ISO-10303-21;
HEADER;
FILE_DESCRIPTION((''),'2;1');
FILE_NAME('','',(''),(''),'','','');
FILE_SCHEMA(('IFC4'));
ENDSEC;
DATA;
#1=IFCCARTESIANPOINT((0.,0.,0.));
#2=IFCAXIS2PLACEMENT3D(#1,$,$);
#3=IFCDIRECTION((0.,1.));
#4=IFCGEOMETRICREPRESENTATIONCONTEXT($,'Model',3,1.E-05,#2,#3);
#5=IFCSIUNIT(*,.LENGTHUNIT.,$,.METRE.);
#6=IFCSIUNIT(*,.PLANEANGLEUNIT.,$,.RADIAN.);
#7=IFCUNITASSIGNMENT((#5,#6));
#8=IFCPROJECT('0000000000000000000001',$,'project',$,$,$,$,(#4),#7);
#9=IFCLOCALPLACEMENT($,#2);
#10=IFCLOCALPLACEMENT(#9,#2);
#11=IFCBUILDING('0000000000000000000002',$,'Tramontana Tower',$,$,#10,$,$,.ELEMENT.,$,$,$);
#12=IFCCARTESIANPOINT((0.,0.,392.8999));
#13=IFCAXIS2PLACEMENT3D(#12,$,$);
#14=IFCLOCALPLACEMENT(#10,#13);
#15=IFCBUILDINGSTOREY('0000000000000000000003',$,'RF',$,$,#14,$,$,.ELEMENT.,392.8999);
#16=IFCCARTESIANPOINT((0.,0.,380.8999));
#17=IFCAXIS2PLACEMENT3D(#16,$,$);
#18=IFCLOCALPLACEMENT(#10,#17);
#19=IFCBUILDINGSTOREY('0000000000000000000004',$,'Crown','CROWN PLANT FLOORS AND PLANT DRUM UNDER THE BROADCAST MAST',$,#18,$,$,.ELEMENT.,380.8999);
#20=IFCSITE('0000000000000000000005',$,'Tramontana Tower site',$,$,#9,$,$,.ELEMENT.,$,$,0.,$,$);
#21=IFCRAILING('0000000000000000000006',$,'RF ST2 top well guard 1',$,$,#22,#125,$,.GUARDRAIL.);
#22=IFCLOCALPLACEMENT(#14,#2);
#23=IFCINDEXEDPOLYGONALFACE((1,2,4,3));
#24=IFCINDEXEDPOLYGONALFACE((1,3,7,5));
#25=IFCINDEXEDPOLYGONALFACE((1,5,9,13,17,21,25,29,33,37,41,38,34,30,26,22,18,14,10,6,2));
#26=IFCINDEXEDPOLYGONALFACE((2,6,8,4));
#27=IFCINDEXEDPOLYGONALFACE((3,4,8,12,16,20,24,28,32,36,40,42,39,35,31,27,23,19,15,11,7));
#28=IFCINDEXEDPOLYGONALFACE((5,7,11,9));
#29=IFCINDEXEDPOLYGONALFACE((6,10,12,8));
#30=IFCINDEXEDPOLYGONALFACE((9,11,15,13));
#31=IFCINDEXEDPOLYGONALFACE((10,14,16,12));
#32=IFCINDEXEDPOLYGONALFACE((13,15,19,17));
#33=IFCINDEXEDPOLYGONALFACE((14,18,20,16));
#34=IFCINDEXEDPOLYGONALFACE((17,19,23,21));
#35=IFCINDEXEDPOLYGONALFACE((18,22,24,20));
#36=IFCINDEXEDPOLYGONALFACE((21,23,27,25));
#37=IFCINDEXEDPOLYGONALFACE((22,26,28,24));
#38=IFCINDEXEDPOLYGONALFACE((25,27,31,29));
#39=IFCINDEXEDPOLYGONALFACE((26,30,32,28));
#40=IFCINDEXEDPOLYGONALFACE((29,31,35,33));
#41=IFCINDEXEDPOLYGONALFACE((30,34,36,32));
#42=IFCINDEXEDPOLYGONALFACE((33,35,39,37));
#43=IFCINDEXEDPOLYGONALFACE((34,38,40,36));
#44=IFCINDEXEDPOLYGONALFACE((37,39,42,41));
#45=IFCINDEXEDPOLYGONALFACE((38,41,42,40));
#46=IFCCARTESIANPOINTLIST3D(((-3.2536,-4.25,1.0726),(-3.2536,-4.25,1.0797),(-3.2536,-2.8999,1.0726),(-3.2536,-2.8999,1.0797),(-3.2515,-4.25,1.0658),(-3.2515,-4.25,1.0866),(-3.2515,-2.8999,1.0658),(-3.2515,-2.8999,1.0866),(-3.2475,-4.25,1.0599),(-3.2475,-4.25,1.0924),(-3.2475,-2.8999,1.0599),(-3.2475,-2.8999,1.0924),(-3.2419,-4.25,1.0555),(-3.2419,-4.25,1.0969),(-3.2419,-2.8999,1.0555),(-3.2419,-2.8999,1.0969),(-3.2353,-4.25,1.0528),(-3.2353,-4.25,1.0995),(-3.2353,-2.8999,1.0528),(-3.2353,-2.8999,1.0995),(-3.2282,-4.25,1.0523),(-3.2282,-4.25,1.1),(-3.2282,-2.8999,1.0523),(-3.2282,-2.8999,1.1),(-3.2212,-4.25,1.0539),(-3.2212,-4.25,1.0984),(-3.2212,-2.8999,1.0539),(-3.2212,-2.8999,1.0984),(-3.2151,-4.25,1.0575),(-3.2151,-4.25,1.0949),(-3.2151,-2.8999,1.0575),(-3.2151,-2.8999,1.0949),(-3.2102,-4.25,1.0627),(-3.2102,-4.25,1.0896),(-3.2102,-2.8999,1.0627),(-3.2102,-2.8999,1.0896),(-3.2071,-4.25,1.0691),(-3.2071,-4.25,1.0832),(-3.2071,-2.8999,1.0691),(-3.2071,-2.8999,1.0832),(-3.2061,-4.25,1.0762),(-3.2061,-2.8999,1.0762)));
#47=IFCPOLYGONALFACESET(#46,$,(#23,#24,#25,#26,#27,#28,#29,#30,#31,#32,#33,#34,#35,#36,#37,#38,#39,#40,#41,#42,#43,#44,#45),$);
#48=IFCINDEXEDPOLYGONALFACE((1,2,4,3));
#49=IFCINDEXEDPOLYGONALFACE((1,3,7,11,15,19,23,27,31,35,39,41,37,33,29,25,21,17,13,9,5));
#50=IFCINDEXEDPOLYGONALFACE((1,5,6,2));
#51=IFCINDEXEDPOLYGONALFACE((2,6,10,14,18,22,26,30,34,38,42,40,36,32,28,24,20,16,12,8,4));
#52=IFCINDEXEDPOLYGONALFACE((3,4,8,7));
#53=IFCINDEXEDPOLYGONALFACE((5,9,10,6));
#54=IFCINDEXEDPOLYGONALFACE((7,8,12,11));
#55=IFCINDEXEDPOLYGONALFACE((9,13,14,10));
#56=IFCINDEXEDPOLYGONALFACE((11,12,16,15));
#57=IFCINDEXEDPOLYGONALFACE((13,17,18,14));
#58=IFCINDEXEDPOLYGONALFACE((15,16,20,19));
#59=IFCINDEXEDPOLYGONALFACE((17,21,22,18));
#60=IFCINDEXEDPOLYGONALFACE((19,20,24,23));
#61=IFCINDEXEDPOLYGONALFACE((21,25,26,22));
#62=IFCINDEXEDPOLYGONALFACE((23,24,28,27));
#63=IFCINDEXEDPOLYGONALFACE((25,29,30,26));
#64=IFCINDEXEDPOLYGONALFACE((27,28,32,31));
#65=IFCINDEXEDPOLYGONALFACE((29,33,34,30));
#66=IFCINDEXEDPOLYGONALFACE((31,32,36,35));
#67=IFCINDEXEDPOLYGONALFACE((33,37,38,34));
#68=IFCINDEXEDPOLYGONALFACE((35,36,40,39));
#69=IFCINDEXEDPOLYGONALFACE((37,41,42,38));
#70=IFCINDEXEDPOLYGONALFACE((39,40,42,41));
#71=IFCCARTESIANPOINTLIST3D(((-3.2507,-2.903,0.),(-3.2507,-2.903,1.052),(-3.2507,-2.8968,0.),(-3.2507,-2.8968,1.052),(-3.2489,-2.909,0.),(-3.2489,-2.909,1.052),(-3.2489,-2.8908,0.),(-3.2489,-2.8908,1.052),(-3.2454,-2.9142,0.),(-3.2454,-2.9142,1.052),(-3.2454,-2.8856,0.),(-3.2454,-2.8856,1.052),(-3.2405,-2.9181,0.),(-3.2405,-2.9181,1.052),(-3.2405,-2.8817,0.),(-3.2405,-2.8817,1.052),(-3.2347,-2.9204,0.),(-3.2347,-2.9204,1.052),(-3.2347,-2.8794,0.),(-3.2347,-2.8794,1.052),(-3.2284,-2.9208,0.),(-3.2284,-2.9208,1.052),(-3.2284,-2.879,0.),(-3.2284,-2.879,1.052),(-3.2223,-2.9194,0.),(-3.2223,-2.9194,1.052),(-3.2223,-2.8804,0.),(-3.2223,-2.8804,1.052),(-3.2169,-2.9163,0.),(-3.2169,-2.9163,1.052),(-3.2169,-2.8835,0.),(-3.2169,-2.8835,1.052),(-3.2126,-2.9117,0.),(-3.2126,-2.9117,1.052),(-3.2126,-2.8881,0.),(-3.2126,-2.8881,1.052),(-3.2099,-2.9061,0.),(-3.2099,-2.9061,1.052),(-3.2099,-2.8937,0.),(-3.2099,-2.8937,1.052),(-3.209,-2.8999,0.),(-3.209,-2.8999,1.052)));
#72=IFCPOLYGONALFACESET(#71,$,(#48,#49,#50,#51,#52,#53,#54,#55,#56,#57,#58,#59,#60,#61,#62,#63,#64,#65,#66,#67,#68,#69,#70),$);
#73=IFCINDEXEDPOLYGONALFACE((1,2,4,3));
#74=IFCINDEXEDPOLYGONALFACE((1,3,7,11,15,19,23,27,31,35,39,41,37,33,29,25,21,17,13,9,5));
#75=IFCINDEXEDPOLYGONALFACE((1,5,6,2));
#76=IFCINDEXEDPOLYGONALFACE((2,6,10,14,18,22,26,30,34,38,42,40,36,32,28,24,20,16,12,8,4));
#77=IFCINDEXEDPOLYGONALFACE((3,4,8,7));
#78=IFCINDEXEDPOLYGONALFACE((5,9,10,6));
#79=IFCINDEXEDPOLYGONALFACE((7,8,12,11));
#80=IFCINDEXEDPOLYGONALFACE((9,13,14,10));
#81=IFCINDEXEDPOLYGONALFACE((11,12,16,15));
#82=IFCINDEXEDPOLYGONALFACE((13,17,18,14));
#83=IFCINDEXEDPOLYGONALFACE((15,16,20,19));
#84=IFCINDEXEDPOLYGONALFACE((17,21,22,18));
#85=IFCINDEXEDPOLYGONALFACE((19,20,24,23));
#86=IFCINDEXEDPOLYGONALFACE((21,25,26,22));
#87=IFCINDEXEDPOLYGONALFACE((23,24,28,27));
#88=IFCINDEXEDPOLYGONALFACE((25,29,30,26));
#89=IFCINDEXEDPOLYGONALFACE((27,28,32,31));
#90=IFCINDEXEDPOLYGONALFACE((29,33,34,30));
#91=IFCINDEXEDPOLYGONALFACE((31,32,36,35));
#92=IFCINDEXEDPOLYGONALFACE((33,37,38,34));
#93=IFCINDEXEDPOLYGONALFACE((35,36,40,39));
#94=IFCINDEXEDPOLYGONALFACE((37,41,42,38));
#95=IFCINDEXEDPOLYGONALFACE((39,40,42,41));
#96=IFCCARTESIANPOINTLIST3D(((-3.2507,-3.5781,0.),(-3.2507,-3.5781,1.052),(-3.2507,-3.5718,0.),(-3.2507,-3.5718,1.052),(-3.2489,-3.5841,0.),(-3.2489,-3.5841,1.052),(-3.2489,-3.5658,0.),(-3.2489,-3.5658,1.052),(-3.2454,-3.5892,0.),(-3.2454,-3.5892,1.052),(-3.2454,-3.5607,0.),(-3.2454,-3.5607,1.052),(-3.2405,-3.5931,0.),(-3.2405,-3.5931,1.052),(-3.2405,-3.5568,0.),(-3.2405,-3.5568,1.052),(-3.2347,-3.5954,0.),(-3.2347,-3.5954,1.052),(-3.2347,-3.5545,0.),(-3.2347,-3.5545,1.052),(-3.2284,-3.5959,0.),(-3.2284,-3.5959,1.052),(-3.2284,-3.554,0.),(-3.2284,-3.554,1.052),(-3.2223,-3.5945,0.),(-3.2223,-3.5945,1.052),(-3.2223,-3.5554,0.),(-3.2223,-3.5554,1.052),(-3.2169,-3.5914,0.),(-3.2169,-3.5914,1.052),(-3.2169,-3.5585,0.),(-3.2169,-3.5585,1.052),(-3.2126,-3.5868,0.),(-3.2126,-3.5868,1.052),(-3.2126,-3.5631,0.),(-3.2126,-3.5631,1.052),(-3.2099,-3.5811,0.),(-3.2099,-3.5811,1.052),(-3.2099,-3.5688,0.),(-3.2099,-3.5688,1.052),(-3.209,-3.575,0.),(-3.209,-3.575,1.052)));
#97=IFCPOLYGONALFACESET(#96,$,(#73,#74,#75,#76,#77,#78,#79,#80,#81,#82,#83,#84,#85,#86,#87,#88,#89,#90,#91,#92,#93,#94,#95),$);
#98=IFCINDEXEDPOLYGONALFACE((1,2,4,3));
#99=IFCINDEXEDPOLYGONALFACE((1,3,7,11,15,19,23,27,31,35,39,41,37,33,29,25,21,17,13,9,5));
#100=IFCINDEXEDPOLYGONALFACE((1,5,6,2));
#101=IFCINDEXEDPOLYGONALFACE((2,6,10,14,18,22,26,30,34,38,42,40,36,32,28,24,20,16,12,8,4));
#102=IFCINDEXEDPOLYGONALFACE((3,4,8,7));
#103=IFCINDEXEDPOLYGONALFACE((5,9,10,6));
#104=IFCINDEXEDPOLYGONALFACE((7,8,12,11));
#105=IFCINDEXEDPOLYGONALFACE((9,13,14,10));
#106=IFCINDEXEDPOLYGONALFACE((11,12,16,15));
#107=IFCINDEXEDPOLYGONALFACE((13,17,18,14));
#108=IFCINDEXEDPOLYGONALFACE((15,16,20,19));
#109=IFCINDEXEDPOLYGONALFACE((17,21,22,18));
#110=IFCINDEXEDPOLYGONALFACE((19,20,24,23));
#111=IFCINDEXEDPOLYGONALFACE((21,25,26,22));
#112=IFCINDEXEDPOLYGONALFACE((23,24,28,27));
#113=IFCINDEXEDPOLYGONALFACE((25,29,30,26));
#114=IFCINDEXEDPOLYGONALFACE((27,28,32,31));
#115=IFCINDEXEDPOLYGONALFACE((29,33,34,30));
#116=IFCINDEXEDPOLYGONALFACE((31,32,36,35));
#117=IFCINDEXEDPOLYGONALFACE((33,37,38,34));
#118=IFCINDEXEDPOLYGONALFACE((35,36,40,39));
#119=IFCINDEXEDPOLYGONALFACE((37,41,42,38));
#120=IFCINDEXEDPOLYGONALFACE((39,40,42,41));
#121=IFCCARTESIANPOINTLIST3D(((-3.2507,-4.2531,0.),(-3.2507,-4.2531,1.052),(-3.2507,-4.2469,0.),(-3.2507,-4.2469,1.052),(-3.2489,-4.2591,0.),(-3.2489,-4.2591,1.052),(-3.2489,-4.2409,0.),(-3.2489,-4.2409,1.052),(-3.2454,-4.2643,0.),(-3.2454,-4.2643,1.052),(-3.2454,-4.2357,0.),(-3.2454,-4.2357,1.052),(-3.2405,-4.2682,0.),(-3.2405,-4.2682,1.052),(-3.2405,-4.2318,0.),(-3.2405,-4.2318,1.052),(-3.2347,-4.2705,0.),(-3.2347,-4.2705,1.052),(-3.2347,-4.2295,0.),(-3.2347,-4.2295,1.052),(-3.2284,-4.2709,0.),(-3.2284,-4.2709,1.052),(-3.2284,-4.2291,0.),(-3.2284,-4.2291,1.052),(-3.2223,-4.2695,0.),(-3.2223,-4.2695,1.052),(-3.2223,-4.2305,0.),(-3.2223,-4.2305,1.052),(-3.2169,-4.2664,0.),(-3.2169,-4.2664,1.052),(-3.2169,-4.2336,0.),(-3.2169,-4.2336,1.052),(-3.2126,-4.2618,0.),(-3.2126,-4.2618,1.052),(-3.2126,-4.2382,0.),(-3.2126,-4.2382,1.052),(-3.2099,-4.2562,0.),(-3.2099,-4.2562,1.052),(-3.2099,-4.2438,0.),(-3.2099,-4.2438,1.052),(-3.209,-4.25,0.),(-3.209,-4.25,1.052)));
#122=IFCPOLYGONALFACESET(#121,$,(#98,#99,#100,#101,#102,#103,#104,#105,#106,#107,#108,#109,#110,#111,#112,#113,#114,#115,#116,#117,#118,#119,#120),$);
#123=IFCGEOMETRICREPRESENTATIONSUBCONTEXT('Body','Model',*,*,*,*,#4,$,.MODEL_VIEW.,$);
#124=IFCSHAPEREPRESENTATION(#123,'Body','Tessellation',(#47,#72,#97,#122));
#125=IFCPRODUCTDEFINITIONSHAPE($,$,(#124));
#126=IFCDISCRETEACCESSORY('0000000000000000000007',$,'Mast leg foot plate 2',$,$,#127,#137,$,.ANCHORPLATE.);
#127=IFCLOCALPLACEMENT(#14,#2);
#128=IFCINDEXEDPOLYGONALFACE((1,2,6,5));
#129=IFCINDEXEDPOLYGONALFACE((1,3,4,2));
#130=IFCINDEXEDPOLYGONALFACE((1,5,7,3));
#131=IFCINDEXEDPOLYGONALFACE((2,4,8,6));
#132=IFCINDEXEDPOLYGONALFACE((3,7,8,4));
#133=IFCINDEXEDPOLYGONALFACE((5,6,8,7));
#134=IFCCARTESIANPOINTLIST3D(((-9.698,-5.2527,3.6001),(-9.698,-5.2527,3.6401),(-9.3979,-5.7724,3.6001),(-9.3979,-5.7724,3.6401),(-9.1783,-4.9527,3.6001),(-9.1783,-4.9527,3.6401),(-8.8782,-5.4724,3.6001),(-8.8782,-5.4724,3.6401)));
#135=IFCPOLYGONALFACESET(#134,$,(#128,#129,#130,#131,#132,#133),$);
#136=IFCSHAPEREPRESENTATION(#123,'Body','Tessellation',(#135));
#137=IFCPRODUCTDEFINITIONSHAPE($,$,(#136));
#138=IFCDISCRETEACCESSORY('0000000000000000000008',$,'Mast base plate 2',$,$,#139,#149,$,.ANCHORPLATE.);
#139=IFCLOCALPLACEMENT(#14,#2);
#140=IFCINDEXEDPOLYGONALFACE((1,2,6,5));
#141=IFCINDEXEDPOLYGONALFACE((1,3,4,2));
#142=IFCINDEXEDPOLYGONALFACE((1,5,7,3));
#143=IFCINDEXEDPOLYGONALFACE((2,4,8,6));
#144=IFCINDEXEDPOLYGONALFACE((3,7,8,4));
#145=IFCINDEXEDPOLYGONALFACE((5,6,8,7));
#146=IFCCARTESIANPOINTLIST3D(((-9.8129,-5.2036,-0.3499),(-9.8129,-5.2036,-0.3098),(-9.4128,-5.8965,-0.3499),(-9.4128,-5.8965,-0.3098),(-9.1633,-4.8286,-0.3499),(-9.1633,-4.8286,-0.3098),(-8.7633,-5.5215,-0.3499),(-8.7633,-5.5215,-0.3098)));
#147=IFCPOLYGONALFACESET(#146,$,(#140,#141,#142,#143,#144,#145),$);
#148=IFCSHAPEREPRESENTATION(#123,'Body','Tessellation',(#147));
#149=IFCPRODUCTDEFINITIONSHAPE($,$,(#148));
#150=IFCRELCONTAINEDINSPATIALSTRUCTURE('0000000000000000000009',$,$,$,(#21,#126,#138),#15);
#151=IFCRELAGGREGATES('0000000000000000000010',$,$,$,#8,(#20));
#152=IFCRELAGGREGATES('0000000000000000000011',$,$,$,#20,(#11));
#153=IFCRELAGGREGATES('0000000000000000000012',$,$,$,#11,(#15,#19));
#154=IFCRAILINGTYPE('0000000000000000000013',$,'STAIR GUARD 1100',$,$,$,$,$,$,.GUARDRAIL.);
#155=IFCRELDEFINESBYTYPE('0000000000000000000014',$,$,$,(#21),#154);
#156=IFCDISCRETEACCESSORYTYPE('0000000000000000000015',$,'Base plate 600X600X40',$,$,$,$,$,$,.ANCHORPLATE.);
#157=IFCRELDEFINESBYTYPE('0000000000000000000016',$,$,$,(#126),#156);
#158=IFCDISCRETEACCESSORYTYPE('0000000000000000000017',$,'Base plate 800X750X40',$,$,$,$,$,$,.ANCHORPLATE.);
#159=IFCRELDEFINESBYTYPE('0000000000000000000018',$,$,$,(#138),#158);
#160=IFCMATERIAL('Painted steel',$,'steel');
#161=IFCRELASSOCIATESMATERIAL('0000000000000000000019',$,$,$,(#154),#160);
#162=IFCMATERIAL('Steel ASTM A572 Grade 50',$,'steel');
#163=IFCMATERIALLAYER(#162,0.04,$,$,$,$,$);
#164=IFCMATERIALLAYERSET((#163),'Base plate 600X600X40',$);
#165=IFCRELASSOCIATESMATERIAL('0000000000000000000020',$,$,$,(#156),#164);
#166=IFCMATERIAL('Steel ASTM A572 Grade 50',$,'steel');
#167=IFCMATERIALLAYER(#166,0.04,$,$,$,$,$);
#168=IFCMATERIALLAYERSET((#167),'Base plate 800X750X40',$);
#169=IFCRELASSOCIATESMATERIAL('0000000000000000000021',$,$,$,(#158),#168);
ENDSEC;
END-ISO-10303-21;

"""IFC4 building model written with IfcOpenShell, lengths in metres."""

from ifc_helpers import new_model, si_unit, direction, frame, origin, origin_2d, place, context, subcontext, project, spatial, rectangle, circle, extrude, material, layer, layer_set, type_object, element, save


model = new_model("IFC4")

# Units and contexts
model_context = context("Model", 3, precision=1e-05, world=origin(), true_north=direction((0.0, 1.0)))
body_context = subcontext(model_context, "Body", "Model", "MODEL_VIEW")
ifc_project = project(units=[si_unit("LENGTHUNIT", "METRE"), si_unit("PLANEANGLEUNIT", "RADIAN")], contexts=[model_context])

# Site, building, storey
site_placement = place(None, origin())
site = spatial("IfcSite", under=ifc_project, at=site_placement, Name="Tramontana Tower site", CompositionType="ELEMENT", RefElevation=0.0)
building_placement = place(site_placement, origin())
building = spatial("IfcBuilding", under=site, at=building_placement, Name="Tramontana Tower", CompositionType="ELEMENT")
storey_1_placement = place(building_placement, frame((0.0, 0.0, 392.8999)))
storey_1 = spatial("IfcBuildingStorey", under=building, at=storey_1_placement, Name="RF", CompositionType="ELEMENT", Elevation=392.8999)

# Shared definitions
storey_2_placement = place(building_placement, frame((0.0, 0.0, 380.8999)))
storey_2 = spatial("IfcBuildingStorey", under=building, at=storey_2_placement, Name="Crown", Description="CROWN PLANT FLOORS AND PLANT DRUM UNDER THE BROADCAST MAST", CompositionType="ELEMENT", Elevation=380.8999)

# Railing
ifc_material_1 = material(Name="Painted steel", Category="steel")
railing_type = type_object("IfcRailingType", Name="STAIR GUARD 1100", PredefinedType="GUARDRAIL", material=ifc_material_1)
railing_1_placement = place(storey_1_placement, frame((-3.23, -2.8999, 0.0)))
element("IfcRailing", 1, at=railing_1_placement, inside=storey_1, type_object=railing_type, Name="RF ST2 top well guard 1", PredefinedType="GUARDRAIL", context=body_context, shape_type="SweptSolid", body=[
    extrude(circle(Radius=0.0239, at=origin_2d()), frame((0.0, 0.0, 1.0762), z_axis=(0.0, -1.0, 0.0), x_axis=(1.0, 0.0, 0.0)), (0.0, 0.0, 1.0), 1.3501),
    extrude(circle(Radius=0.021, at=origin_2d()), origin(), (0.0, 0.0, 1.0), 1.052),
    extrude(circle(Radius=0.021, at=origin_2d()), frame((0.0, -0.675, 0.0)), (0.0, 0.0, 1.0), 1.052),
    extrude(circle(Radius=0.021, at=origin_2d()), frame((0.0, -1.3501, 0.0)), (0.0, 0.0, 1.0), 1.052),
])

# Discrete accessories
ifc_material_2 = material(Name="Steel ASTM A572 Grade 50", Category="steel")
ifc_layer_1 = layer(ifc_material_2, 0.04)
ifc_layer_set_1 = layer_set([ifc_layer_1], Name="Base plate 600X600X40")
discrete_accessory_type_1 = type_object("IfcDiscreteAccessoryType", Name="Base plate 600X600X40", PredefinedType="ANCHORPLATE", material=ifc_layer_set_1)
discrete_accessory_1_placement = place(storey_1_placement, frame((-9.2881, -5.3625, 3.6001), z_axis=(0.0, 0.0, 1.0), x_axis=(-0.866025, -0.5, 0.0)))
element("IfcDiscreteAccessory", 2, at=discrete_accessory_1_placement, inside=storey_1, type_object=discrete_accessory_type_1, Name="Mast leg foot plate 2", PredefinedType="ANCHORPLATE", context=body_context, shape_type="SweptSolid", body=[
    extrude(rectangle(XDim=0.6001, YDim=0.6001, at=origin_2d()), origin(), (0.0, 0.0, 1.0), 0.04),
])
ifc_material_3 = material(Name="Steel ASTM A572 Grade 50", Category="steel")
ifc_layer_2 = layer(ifc_material_3, 0.04)
ifc_layer_set_2 = layer_set([ifc_layer_2], Name="Base plate 800X750X40")
discrete_accessory_type_2 = type_object("IfcDiscreteAccessoryType", Name="Base plate 800X750X40", PredefinedType="ANCHORPLATE", material=ifc_layer_set_2)
discrete_accessory_2_placement = place(storey_1_placement, frame((-9.2881, -5.3625, -0.3499), z_axis=(0.0, 0.0, 1.0), x_axis=(0.5, -0.866025, 0.0)))
element("IfcDiscreteAccessory", 3, at=discrete_accessory_2_placement, inside=storey_1, type_object=discrete_accessory_type_2, Name="Mast base plate 2", PredefinedType="ANCHORPLATE", context=body_context, shape_type="SweptSolid", body=[
    extrude(rectangle(XDim=0.8, YDim=0.75, at=origin_2d()), origin(), (0.0, 0.0, 1.0), 0.04),
])

save(model, "model.ifc")
